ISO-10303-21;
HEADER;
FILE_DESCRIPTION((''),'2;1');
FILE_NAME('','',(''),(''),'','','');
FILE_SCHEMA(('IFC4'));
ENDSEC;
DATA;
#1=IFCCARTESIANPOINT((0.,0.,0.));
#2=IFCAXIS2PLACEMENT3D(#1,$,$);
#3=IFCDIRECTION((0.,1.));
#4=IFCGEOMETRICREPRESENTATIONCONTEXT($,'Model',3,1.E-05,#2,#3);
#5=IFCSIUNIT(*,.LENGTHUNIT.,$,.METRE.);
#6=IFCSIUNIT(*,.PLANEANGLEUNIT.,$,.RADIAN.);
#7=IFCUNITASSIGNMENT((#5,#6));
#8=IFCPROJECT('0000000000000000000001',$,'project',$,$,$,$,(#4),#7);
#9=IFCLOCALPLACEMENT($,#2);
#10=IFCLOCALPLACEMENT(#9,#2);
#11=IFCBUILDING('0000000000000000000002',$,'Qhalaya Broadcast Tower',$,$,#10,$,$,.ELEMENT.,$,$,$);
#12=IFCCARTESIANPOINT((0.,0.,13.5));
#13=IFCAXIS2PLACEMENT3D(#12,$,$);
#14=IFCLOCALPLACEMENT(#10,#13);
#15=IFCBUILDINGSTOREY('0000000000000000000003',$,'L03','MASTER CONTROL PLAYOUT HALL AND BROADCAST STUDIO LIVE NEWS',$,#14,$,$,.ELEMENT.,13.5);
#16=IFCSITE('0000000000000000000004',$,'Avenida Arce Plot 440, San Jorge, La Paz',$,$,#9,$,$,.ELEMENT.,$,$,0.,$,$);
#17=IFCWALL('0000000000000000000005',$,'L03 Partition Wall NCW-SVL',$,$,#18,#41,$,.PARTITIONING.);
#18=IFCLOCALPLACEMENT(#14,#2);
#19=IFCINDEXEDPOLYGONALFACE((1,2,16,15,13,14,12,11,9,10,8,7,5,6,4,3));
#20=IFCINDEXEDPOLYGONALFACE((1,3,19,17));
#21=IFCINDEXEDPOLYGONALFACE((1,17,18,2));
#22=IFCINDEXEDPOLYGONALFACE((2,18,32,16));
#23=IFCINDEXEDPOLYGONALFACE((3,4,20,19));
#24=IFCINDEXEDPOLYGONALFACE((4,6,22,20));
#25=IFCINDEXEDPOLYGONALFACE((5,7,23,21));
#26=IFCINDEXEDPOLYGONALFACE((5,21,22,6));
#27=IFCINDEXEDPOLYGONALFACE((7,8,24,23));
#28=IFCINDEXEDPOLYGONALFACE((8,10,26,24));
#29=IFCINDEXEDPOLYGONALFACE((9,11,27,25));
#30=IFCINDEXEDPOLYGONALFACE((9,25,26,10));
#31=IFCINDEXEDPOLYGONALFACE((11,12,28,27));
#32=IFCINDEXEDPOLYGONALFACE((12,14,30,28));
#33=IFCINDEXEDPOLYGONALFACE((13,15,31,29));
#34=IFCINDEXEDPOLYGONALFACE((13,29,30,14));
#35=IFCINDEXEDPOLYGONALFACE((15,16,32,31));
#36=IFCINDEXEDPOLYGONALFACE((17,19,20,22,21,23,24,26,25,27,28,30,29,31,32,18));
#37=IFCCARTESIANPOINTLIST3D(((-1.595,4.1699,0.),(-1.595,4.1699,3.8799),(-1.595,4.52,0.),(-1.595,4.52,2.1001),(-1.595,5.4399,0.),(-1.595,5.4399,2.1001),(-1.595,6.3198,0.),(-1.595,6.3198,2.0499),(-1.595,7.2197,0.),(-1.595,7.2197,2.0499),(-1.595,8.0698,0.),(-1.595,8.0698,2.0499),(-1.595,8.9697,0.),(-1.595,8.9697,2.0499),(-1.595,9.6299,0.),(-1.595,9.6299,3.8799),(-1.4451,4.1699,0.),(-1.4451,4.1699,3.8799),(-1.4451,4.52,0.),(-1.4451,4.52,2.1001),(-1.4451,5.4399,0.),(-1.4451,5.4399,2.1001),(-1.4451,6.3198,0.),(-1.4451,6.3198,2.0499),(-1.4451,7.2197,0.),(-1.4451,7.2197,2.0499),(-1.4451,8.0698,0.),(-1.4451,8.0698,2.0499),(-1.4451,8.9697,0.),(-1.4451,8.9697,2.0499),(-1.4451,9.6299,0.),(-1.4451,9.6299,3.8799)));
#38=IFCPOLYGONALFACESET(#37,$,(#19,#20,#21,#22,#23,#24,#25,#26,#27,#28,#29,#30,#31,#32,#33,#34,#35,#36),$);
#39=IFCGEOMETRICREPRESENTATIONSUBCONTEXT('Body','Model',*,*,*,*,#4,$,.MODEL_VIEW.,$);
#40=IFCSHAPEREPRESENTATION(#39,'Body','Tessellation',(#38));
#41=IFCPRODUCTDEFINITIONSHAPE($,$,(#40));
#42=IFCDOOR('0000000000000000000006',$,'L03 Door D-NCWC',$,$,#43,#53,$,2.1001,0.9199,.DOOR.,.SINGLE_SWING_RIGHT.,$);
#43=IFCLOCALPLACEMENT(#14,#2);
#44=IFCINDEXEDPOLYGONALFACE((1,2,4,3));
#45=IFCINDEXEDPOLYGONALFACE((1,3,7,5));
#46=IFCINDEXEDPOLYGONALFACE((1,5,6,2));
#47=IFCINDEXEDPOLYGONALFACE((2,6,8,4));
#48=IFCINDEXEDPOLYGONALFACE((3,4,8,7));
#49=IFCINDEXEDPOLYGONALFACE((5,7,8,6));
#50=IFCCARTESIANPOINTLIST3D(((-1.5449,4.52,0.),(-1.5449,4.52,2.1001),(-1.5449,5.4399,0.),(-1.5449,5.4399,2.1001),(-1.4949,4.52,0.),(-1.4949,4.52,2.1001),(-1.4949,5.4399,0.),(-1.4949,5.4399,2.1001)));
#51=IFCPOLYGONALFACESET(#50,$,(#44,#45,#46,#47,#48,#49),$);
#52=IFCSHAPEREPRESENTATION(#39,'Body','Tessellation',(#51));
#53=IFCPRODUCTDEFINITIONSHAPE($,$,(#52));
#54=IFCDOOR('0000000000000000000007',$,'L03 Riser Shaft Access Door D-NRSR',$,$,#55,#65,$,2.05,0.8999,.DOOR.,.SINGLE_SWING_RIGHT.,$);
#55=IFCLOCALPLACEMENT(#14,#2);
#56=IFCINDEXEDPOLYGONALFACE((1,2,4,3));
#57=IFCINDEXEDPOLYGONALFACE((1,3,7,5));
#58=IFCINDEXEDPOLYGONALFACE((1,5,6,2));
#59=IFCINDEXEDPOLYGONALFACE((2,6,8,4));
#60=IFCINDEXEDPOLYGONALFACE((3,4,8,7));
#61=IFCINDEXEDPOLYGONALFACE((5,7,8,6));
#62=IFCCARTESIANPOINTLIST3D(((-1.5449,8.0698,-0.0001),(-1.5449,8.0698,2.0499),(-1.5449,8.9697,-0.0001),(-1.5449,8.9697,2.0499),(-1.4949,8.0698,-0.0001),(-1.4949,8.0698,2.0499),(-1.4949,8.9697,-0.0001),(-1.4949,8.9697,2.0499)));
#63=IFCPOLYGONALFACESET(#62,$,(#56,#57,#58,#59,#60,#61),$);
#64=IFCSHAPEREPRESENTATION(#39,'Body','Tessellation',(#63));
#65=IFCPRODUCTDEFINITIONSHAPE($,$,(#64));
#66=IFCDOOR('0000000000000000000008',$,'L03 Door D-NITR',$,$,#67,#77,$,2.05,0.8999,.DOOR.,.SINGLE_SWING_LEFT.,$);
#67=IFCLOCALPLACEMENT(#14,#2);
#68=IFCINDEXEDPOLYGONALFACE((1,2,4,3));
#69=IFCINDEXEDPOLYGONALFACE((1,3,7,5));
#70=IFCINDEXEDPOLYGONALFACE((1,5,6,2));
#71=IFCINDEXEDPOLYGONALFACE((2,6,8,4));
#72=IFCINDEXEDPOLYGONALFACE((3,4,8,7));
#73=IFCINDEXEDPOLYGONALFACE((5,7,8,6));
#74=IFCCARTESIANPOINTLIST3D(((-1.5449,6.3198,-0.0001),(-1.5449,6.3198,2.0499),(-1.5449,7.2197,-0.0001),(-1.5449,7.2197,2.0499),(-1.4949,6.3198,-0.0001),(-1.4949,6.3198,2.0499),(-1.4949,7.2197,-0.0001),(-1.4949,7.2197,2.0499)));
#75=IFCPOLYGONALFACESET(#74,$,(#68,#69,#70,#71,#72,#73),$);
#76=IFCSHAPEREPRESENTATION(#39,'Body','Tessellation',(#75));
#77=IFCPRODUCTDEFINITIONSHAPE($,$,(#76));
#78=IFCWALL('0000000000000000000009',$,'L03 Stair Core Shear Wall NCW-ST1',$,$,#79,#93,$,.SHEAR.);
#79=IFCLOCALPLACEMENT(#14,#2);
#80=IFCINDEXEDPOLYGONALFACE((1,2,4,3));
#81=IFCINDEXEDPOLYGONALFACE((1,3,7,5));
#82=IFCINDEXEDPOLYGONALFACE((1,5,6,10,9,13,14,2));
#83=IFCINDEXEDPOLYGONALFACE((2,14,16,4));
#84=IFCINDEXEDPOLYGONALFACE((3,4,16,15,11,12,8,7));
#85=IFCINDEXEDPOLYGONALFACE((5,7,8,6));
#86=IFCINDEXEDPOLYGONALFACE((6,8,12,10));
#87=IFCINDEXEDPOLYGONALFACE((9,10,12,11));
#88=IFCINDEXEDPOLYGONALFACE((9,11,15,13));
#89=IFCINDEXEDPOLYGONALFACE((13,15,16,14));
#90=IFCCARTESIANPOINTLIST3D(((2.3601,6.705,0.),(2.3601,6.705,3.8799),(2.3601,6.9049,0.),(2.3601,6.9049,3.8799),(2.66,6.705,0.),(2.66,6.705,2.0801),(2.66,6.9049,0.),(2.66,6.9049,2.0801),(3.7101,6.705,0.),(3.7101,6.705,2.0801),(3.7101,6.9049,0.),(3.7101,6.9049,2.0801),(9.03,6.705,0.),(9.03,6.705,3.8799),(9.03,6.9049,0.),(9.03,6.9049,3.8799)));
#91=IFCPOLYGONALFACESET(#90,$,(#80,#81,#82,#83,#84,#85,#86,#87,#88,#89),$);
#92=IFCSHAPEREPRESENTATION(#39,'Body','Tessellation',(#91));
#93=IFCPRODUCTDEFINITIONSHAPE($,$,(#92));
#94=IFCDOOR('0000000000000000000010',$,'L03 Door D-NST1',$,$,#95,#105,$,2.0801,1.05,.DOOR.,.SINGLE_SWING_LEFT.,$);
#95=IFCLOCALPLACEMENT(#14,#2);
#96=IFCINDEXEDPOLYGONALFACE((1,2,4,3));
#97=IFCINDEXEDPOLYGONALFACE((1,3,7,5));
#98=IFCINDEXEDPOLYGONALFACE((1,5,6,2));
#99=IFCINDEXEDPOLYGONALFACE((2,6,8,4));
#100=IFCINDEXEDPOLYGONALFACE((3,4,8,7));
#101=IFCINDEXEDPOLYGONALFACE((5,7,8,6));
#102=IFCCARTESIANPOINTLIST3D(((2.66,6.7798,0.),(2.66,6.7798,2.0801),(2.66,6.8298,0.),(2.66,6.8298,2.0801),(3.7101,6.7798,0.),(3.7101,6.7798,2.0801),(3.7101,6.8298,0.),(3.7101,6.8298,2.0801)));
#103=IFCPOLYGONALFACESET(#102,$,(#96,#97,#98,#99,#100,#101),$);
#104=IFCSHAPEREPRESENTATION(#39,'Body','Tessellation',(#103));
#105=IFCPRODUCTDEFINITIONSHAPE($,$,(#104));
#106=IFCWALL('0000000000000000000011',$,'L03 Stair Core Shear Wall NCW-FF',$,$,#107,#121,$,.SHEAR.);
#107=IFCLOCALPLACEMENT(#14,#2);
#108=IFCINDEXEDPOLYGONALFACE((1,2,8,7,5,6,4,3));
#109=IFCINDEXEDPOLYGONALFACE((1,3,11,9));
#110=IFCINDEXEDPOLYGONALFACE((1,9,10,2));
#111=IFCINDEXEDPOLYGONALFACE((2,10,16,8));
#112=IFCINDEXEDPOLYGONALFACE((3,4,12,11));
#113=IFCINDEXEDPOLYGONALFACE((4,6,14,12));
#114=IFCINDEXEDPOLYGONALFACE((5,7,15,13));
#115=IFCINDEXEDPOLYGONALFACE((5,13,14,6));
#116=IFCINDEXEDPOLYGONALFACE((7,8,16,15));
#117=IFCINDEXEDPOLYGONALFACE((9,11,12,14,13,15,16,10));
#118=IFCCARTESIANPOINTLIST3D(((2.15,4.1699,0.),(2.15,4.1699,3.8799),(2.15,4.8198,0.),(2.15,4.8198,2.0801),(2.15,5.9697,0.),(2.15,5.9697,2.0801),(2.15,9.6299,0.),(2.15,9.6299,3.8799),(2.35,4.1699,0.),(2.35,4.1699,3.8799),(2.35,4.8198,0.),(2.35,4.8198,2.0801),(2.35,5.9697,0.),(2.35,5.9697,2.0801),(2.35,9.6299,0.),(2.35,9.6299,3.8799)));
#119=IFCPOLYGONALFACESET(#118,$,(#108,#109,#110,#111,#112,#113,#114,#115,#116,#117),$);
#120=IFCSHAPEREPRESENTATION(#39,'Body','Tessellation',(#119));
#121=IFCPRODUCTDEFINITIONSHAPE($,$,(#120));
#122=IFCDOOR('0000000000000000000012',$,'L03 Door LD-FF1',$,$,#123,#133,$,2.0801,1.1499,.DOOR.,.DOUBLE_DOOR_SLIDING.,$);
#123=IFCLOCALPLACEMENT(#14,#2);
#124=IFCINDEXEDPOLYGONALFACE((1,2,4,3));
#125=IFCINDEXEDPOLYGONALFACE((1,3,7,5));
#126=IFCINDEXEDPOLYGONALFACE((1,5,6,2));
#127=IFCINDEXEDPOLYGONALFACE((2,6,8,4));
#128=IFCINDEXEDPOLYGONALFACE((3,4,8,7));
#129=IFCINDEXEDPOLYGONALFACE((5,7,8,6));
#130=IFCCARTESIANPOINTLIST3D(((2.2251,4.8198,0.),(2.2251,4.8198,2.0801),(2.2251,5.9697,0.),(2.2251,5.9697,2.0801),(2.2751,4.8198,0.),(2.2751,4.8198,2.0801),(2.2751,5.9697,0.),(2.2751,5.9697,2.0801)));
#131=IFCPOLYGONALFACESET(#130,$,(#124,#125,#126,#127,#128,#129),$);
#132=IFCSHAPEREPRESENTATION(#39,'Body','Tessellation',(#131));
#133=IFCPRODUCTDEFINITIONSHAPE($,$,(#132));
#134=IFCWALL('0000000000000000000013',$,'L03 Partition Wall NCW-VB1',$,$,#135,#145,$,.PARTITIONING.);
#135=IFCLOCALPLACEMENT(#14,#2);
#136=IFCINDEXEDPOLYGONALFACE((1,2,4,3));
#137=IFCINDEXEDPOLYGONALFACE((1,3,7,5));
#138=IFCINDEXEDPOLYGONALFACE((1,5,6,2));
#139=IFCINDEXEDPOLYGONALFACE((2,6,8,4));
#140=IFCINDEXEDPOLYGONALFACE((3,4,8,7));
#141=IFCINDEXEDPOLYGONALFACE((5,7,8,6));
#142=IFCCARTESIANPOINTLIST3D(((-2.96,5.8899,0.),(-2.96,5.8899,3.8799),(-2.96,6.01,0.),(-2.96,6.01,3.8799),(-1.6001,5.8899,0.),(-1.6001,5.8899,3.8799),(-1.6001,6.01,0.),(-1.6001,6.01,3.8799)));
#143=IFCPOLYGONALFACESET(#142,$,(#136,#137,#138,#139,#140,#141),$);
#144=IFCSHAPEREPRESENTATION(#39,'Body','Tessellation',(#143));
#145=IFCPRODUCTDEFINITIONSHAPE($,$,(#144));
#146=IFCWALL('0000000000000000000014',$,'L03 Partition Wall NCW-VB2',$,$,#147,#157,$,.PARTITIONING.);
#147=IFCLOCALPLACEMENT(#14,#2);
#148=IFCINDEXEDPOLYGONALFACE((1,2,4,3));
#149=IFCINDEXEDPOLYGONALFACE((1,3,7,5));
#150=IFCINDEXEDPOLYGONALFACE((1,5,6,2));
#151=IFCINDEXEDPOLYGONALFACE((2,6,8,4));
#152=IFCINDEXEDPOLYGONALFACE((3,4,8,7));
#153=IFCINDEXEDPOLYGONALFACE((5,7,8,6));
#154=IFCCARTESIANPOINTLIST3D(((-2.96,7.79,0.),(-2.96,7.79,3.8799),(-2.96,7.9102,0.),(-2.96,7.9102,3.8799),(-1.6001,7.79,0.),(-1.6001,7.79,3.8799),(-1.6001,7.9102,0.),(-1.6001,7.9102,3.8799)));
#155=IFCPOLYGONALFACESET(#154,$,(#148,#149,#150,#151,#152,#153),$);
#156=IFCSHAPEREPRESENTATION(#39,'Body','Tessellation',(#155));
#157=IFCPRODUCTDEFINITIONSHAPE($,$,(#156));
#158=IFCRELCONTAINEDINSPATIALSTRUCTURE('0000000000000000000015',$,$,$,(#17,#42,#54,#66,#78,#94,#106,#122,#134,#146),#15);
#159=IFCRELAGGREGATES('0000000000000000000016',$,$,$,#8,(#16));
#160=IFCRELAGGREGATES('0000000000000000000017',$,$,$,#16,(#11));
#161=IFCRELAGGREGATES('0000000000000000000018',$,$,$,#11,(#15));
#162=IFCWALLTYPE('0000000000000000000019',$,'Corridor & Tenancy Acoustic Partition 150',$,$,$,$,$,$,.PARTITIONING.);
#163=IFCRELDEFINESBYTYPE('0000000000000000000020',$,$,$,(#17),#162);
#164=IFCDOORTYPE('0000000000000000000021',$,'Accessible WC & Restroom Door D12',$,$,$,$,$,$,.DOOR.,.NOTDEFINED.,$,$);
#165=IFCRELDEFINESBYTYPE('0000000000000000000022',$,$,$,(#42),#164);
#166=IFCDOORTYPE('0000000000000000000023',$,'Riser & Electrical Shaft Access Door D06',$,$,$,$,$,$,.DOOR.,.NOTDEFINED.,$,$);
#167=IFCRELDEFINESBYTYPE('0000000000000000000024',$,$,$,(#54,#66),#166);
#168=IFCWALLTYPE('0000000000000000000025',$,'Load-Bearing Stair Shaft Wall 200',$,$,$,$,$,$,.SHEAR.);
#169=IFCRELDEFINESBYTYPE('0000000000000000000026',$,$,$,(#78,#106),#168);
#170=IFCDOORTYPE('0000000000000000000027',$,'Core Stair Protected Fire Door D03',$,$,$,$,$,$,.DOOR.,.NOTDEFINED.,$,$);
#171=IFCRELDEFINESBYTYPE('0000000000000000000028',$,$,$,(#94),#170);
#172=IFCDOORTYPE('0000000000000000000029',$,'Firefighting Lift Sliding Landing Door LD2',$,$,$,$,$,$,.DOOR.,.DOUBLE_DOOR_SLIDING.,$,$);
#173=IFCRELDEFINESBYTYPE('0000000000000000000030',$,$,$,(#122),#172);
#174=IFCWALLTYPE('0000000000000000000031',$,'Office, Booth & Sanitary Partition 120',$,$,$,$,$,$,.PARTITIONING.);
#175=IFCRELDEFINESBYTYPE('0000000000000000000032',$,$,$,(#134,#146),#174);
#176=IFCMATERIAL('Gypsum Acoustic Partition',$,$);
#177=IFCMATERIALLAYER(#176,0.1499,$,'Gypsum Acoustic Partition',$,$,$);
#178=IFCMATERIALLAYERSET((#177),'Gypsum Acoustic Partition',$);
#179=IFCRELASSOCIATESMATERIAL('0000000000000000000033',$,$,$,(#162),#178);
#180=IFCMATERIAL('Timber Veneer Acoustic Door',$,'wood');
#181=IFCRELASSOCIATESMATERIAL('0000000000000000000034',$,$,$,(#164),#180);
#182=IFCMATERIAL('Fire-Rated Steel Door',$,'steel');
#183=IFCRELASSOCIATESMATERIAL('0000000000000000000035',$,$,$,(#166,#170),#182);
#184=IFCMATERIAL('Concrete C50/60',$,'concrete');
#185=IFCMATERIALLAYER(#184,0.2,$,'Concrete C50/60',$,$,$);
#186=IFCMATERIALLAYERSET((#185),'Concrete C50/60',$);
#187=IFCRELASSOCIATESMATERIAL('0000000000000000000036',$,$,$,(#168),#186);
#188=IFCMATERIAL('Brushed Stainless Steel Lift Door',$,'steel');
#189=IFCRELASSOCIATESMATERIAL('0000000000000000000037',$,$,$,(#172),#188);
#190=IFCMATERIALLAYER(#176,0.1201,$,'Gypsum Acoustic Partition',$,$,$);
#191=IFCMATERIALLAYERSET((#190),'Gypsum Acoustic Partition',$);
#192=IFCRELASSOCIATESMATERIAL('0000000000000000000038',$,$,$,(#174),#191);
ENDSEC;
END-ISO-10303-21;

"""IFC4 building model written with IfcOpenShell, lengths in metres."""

from ifc_helpers import new_model, si_unit, direction, frame, frame_2d, origin, place, context, subcontext, project, spatial, rectangle, extrude, material, layer, layer_set, type_object, element, fill, save


model = new_model("IFC4")

# Units and contexts
model_context = context("Model", 3, precision=1e-05, world=origin(), true_north=direction((0.0, 1.0)))
body_context = subcontext(model_context, "Body", "Model", "MODEL_VIEW")
ifc_project = project(units=[si_unit("LENGTHUNIT", "METRE"), si_unit("PLANEANGLEUNIT", "RADIAN")], contexts=[model_context])

# Site, building, storey
site_placement = place(None, origin())
site = spatial("IfcSite", under=ifc_project, at=site_placement, Name="Avenida Arce Plot 440, San Jorge, La Paz", CompositionType="ELEMENT", RefElevation=0.0)
building_placement = place(site_placement, origin())
building = spatial("IfcBuilding", under=site, at=building_placement, Name="Qhalaya Broadcast Tower", CompositionType="ELEMENT")
storey_placement = place(building_placement, frame((0.0, 0.0, 13.5)))
storey = spatial("IfcBuildingStorey", under=building, at=storey_placement, Name="L03", Description="MASTER CONTROL PLAYOUT HALL AND BROADCAST STUDIO LIVE NEWS", CompositionType="ELEMENT", Elevation=13.5)

# Wall, openings, doors
ifc_material_1 = material(Name="Gypsum Acoustic Partition")
ifc_layer_1 = layer(ifc_material_1, 0.1499, Name="Gypsum Acoustic Partition")
ifc_layer_set_1 = layer_set([ifc_layer_1], Name="Gypsum Acoustic Partition")
wall_type_1 = type_object("IfcWallType", Name="Corridor & Tenancy Acoustic Partition 150", PredefinedType="PARTITIONING", material=ifc_layer_set_1)
wall_1_placement = place(storey_placement, frame((-1.52, 4.1699, 0.0), z_axis=(0.0, 0.0, 1.0), x_axis=(0.0, 1.0, 0.0)))
wall_1 = element("IfcWall", 1, at=wall_1_placement, inside=storey, type_object=wall_type_1, Name="L03 Partition Wall NCW-SVL", PredefinedType="PARTITIONING", context=body_context, shape_type="SweptSolid", body=[
    extrude(rectangle(XDim=5.46, YDim=0.1499, at=frame_2d((2.73, 0.0))), origin(), (0.0, 0.0, 1.0), 3.8799),
])
opening_1_placement = place(wall_1_placement, frame((3.8999, 0.0, 0.0)))
opening_1 = element("IfcOpeningElement", 2, at=opening_1_placement, cuts=wall_1, PredefinedType="OPENING", context=body_context, shape_type="SweptSolid", body=[
    extrude(rectangle(XDim=0.8999, YDim=2.05, at=frame_2d((0.45, 1.0249))), frame((0.0, 0.0869, 0.0), z_axis=(0.0, -1.0, 0.0), x_axis=(1.0, 0.0, 0.0)), (0.0, 0.0, 1.0), 0.1738),
])
opening_2_placement = place(wall_1_placement, frame((2.1499, 0.0, 0.0)))
opening_2 = element("IfcOpeningElement", 3, at=opening_2_placement, cuts=wall_1, PredefinedType="OPENING", context=body_context, shape_type="SweptSolid", body=[
    extrude(rectangle(XDim=0.8999, YDim=2.05, at=frame_2d((0.45, 1.0249))), frame((0.0, 0.0869, 0.0), z_axis=(0.0, -1.0, 0.0), x_axis=(1.0, 0.0, 0.0)), (0.0, 0.0, 1.0), 0.1738),
])
opening_3_placement = place(wall_1_placement, frame((0.3501, 0.0, 0.0)))
opening_3 = element("IfcOpeningElement", 4, at=opening_3_placement, cuts=wall_1, PredefinedType="OPENING", context=body_context, shape_type="SweptSolid", body=[
    extrude(rectangle(XDim=0.9199, YDim=2.1001, at=frame_2d((0.46, 1.05))), frame((0.0, 0.0869, 0.0), z_axis=(0.0, -1.0, 0.0), x_axis=(1.0, 0.0, 0.0)), (0.0, 0.0, 1.0), 0.1738),
])
ifc_material_2 = material(Name="Timber Veneer Acoustic Door", Category="wood")
door_type_1 = type_object("IfcDoorType", Name="Accessible WC & Restroom Door D12", OperationType="NOTDEFINED", PredefinedType="DOOR", material=ifc_material_2)
door_1_placement = place(opening_3_placement, origin())
door_1 = element("IfcDoor", 5, at=door_1_placement, inside=storey, type_object=door_type_1, Name="L03 Door D-NCWC", OperationType="SINGLE_SWING_RIGHT", OverallHeight=2.1001, OverallWidth=0.9199, PredefinedType="DOOR", context=body_context, shape_type="SweptSolid", body=[
    extrude(rectangle(XDim=0.9199, YDim=2.1001, at=frame_2d((0.46, 1.05))), frame((0.0, 0.0249, 0.0), z_axis=(0.0, -1.0, 0.0), x_axis=(1.0, 0.0, 0.0)), (0.0, 0.0, 1.0), 0.05),
])
fill(opening_3, door_1)
ifc_material_3 = material(Name="Fire-Rated Steel Door", Category="steel")
door_type_2 = type_object("IfcDoorType", Name="Riser & Electrical Shaft Access Door D06", OperationType="NOTDEFINED", PredefinedType="DOOR", material=ifc_material_3)
door_2_placement = place(opening_1_placement, origin())
door_2 = element("IfcDoor", 6, at=door_2_placement, inside=storey, type_object=door_type_2, Name="L03 Riser Shaft Access Door D-NRSR", OperationType="SINGLE_SWING_RIGHT", OverallHeight=2.05, OverallWidth=0.8999, PredefinedType="DOOR", context=body_context, shape_type="SweptSolid", body=[
    extrude(rectangle(XDim=0.8999, YDim=2.05, at=frame_2d((0.45, 1.0249))), frame((0.0, 0.0249, 0.0), z_axis=(0.0, -1.0, 0.0), x_axis=(1.0, 0.0, 0.0)), (0.0, 0.0, 1.0), 0.05),
])
fill(opening_1, door_2)
door_3_placement = place(opening_2_placement, origin())
door_3 = element("IfcDoor", 7, at=door_3_placement, inside=storey, type_object=door_type_2, Name="L03 Door D-NITR", OperationType="SINGLE_SWING_LEFT", OverallHeight=2.05, OverallWidth=0.8999, PredefinedType="DOOR", context=body_context, shape_type="SweptSolid", body=[
    extrude(rectangle(XDim=0.8999, YDim=2.05, at=frame_2d((0.45, 1.0249))), frame((0.0, 0.0249, 0.0), z_axis=(0.0, -1.0, 0.0), x_axis=(1.0, 0.0, 0.0)), (0.0, 0.0, 1.0), 0.05),
])
fill(opening_2, door_3)

# Walls, openings, doors
ifc_material_4 = material(Name="Concrete C50/60", Category="concrete")
ifc_layer_2 = layer(ifc_material_4, 0.2, Name="Concrete C50/60")
ifc_layer_set_2 = layer_set([ifc_layer_2], Name="Concrete C50/60")
wall_type_2 = type_object("IfcWallType", Name="Load-Bearing Stair Shaft Wall 200", PredefinedType="SHEAR", material=ifc_layer_set_2)
wall_2_placement = place(storey_placement, frame((2.3601, 6.8049, 0.0), z_axis=(0.0, 0.0, 1.0), x_axis=(1.0, 0.0, 0.0)))
wall_2 = element("IfcWall", 8, at=wall_2_placement, inside=storey, type_object=wall_type_2, Name="L03 Stair Core Shear Wall NCW-ST1", PredefinedType="SHEAR", context=body_context, shape_type="SweptSolid", body=[
    extrude(rectangle(XDim=6.6699, YDim=0.2, at=frame_2d((3.335, 0.0))), origin(), (0.0, 0.0, 1.0), 3.8799),
])
opening_4_placement = place(wall_2_placement, frame((0.3, 0.0, 0.0)))
opening_4 = element("IfcOpeningElement", 9, at=opening_4_placement, cuts=wall_2, PredefinedType="OPENING", context=body_context, shape_type="SweptSolid", body=[
    extrude(rectangle(XDim=1.05, YDim=2.0801, at=frame_2d((0.5249, 1.04))), frame((0.0, 0.1121, 0.0), z_axis=(0.0, -1.0, 0.0), x_axis=(1.0, 0.0, 0.0)), (0.0, 0.0, 1.0), 0.2239),
])
door_type_3 = type_object("IfcDoorType", Name="Core Stair Protected Fire Door D03", OperationType="NOTDEFINED", PredefinedType="DOOR", material=ifc_material_3)
door_4_placement = place(opening_4_placement, origin())
door_4 = element("IfcDoor", 10, at=door_4_placement, inside=storey, type_object=door_type_3, Name="L03 Door D-NST1", OperationType="SINGLE_SWING_LEFT", OverallHeight=2.0801, OverallWidth=1.05, PredefinedType="DOOR", context=body_context, shape_type="SweptSolid", body=[
    extrude(rectangle(XDim=1.05, YDim=2.0801, at=frame_2d((0.5249, 1.04))), frame((0.0, 0.0249, 0.0), z_axis=(0.0, -1.0, 0.0), x_axis=(1.0, 0.0, 0.0)), (0.0, 0.0, 1.0), 0.05),
])
fill(opening_4, door_4)
wall_3_placement = place(storey_placement, frame((2.25, 4.1699, 0.0), z_axis=(0.0, 0.0, 1.0), x_axis=(0.0, 1.0, 0.0)))
wall_3 = element("IfcWall", 11, at=wall_3_placement, inside=storey, type_object=wall_type_2, Name="L03 Stair Core Shear Wall NCW-FF", PredefinedType="SHEAR", context=body_context, shape_type="SweptSolid", body=[
    extrude(rectangle(XDim=5.46, YDim=0.2, at=frame_2d((2.73, 0.0))), origin(), (0.0, 0.0, 1.0), 3.8799),
])
opening_5_placement = place(wall_3_placement, frame((0.6499, 0.0, 0.0)))
opening_5 = element("IfcOpeningElement", 12, at=opening_5_placement, cuts=wall_3, PredefinedType="OPENING", context=body_context, shape_type="SweptSolid", body=[
    extrude(rectangle(XDim=1.1499, YDim=2.0801, at=frame_2d((0.575, 1.04))), frame((0.0, 0.1121, 0.0), z_axis=(0.0, -1.0, 0.0), x_axis=(1.0, 0.0, 0.0)), (0.0, 0.0, 1.0), 0.2239),
])
ifc_material_5 = material(Name="Brushed Stainless Steel Lift Door", Category="steel")
door_type_4 = type_object("IfcDoorType", Name="Firefighting Lift Sliding Landing Door LD2", OperationType="DOUBLE_DOOR_SLIDING", PredefinedType="DOOR", material=ifc_material_5)
door_5_placement = place(opening_5_placement, origin())
door_5 = element("IfcDoor", 13, at=door_5_placement, inside=storey, type_object=door_type_4, Name="L03 Door LD-FF1", OperationType="DOUBLE_DOOR_SLIDING", OverallHeight=2.0801, OverallWidth=1.1499, PredefinedType="DOOR", context=body_context, shape_type="SweptSolid", body=[
    extrude(rectangle(XDim=1.1499, YDim=2.0801, at=frame_2d((0.575, 1.04))), frame((0.0, 0.0249, 0.0), z_axis=(0.0, -1.0, 0.0), x_axis=(1.0, 0.0, 0.0)), (0.0, 0.0, 1.0), 0.05),
])
fill(opening_5, door_5)

# Walls
ifc_layer_3 = layer(ifc_material_1, 0.1201, Name="Gypsum Acoustic Partition")
ifc_layer_set_3 = layer_set([ifc_layer_3], Name="Gypsum Acoustic Partition")
wall_type_3 = type_object("IfcWallType", Name="Office, Booth & Sanitary Partition 120", PredefinedType="PARTITIONING", material=ifc_layer_set_3)
for number, where, z_axis, x_axis, name in (
    (14, (-2.96, 5.95, 0.0), (0.0, 0.0, 1.0), (1.0, 0.0, 0.0), "L03 Partition Wall NCW-VB1"),
    (15, (-2.96, 7.8501, 0.0), (0.0, 0.0, 1.0), (1.0, 0.0, 0.0), "L03 Partition Wall NCW-VB2"),
):
    element("IfcWall", number, at=place(storey_placement, frame(where, z_axis=z_axis, x_axis=x_axis)), inside=storey, type_object=wall_type_3, Name=name, PredefinedType="PARTITIONING", context=body_context, shape_type="SweptSolid", body=[
        extrude(rectangle(XDim=1.3599, YDim=0.1201, at=frame_2d((0.6799, 0.0))), origin(), (0.0, 0.0, 1.0), 3.8799),
    ])

save(model, "model.ifc")
